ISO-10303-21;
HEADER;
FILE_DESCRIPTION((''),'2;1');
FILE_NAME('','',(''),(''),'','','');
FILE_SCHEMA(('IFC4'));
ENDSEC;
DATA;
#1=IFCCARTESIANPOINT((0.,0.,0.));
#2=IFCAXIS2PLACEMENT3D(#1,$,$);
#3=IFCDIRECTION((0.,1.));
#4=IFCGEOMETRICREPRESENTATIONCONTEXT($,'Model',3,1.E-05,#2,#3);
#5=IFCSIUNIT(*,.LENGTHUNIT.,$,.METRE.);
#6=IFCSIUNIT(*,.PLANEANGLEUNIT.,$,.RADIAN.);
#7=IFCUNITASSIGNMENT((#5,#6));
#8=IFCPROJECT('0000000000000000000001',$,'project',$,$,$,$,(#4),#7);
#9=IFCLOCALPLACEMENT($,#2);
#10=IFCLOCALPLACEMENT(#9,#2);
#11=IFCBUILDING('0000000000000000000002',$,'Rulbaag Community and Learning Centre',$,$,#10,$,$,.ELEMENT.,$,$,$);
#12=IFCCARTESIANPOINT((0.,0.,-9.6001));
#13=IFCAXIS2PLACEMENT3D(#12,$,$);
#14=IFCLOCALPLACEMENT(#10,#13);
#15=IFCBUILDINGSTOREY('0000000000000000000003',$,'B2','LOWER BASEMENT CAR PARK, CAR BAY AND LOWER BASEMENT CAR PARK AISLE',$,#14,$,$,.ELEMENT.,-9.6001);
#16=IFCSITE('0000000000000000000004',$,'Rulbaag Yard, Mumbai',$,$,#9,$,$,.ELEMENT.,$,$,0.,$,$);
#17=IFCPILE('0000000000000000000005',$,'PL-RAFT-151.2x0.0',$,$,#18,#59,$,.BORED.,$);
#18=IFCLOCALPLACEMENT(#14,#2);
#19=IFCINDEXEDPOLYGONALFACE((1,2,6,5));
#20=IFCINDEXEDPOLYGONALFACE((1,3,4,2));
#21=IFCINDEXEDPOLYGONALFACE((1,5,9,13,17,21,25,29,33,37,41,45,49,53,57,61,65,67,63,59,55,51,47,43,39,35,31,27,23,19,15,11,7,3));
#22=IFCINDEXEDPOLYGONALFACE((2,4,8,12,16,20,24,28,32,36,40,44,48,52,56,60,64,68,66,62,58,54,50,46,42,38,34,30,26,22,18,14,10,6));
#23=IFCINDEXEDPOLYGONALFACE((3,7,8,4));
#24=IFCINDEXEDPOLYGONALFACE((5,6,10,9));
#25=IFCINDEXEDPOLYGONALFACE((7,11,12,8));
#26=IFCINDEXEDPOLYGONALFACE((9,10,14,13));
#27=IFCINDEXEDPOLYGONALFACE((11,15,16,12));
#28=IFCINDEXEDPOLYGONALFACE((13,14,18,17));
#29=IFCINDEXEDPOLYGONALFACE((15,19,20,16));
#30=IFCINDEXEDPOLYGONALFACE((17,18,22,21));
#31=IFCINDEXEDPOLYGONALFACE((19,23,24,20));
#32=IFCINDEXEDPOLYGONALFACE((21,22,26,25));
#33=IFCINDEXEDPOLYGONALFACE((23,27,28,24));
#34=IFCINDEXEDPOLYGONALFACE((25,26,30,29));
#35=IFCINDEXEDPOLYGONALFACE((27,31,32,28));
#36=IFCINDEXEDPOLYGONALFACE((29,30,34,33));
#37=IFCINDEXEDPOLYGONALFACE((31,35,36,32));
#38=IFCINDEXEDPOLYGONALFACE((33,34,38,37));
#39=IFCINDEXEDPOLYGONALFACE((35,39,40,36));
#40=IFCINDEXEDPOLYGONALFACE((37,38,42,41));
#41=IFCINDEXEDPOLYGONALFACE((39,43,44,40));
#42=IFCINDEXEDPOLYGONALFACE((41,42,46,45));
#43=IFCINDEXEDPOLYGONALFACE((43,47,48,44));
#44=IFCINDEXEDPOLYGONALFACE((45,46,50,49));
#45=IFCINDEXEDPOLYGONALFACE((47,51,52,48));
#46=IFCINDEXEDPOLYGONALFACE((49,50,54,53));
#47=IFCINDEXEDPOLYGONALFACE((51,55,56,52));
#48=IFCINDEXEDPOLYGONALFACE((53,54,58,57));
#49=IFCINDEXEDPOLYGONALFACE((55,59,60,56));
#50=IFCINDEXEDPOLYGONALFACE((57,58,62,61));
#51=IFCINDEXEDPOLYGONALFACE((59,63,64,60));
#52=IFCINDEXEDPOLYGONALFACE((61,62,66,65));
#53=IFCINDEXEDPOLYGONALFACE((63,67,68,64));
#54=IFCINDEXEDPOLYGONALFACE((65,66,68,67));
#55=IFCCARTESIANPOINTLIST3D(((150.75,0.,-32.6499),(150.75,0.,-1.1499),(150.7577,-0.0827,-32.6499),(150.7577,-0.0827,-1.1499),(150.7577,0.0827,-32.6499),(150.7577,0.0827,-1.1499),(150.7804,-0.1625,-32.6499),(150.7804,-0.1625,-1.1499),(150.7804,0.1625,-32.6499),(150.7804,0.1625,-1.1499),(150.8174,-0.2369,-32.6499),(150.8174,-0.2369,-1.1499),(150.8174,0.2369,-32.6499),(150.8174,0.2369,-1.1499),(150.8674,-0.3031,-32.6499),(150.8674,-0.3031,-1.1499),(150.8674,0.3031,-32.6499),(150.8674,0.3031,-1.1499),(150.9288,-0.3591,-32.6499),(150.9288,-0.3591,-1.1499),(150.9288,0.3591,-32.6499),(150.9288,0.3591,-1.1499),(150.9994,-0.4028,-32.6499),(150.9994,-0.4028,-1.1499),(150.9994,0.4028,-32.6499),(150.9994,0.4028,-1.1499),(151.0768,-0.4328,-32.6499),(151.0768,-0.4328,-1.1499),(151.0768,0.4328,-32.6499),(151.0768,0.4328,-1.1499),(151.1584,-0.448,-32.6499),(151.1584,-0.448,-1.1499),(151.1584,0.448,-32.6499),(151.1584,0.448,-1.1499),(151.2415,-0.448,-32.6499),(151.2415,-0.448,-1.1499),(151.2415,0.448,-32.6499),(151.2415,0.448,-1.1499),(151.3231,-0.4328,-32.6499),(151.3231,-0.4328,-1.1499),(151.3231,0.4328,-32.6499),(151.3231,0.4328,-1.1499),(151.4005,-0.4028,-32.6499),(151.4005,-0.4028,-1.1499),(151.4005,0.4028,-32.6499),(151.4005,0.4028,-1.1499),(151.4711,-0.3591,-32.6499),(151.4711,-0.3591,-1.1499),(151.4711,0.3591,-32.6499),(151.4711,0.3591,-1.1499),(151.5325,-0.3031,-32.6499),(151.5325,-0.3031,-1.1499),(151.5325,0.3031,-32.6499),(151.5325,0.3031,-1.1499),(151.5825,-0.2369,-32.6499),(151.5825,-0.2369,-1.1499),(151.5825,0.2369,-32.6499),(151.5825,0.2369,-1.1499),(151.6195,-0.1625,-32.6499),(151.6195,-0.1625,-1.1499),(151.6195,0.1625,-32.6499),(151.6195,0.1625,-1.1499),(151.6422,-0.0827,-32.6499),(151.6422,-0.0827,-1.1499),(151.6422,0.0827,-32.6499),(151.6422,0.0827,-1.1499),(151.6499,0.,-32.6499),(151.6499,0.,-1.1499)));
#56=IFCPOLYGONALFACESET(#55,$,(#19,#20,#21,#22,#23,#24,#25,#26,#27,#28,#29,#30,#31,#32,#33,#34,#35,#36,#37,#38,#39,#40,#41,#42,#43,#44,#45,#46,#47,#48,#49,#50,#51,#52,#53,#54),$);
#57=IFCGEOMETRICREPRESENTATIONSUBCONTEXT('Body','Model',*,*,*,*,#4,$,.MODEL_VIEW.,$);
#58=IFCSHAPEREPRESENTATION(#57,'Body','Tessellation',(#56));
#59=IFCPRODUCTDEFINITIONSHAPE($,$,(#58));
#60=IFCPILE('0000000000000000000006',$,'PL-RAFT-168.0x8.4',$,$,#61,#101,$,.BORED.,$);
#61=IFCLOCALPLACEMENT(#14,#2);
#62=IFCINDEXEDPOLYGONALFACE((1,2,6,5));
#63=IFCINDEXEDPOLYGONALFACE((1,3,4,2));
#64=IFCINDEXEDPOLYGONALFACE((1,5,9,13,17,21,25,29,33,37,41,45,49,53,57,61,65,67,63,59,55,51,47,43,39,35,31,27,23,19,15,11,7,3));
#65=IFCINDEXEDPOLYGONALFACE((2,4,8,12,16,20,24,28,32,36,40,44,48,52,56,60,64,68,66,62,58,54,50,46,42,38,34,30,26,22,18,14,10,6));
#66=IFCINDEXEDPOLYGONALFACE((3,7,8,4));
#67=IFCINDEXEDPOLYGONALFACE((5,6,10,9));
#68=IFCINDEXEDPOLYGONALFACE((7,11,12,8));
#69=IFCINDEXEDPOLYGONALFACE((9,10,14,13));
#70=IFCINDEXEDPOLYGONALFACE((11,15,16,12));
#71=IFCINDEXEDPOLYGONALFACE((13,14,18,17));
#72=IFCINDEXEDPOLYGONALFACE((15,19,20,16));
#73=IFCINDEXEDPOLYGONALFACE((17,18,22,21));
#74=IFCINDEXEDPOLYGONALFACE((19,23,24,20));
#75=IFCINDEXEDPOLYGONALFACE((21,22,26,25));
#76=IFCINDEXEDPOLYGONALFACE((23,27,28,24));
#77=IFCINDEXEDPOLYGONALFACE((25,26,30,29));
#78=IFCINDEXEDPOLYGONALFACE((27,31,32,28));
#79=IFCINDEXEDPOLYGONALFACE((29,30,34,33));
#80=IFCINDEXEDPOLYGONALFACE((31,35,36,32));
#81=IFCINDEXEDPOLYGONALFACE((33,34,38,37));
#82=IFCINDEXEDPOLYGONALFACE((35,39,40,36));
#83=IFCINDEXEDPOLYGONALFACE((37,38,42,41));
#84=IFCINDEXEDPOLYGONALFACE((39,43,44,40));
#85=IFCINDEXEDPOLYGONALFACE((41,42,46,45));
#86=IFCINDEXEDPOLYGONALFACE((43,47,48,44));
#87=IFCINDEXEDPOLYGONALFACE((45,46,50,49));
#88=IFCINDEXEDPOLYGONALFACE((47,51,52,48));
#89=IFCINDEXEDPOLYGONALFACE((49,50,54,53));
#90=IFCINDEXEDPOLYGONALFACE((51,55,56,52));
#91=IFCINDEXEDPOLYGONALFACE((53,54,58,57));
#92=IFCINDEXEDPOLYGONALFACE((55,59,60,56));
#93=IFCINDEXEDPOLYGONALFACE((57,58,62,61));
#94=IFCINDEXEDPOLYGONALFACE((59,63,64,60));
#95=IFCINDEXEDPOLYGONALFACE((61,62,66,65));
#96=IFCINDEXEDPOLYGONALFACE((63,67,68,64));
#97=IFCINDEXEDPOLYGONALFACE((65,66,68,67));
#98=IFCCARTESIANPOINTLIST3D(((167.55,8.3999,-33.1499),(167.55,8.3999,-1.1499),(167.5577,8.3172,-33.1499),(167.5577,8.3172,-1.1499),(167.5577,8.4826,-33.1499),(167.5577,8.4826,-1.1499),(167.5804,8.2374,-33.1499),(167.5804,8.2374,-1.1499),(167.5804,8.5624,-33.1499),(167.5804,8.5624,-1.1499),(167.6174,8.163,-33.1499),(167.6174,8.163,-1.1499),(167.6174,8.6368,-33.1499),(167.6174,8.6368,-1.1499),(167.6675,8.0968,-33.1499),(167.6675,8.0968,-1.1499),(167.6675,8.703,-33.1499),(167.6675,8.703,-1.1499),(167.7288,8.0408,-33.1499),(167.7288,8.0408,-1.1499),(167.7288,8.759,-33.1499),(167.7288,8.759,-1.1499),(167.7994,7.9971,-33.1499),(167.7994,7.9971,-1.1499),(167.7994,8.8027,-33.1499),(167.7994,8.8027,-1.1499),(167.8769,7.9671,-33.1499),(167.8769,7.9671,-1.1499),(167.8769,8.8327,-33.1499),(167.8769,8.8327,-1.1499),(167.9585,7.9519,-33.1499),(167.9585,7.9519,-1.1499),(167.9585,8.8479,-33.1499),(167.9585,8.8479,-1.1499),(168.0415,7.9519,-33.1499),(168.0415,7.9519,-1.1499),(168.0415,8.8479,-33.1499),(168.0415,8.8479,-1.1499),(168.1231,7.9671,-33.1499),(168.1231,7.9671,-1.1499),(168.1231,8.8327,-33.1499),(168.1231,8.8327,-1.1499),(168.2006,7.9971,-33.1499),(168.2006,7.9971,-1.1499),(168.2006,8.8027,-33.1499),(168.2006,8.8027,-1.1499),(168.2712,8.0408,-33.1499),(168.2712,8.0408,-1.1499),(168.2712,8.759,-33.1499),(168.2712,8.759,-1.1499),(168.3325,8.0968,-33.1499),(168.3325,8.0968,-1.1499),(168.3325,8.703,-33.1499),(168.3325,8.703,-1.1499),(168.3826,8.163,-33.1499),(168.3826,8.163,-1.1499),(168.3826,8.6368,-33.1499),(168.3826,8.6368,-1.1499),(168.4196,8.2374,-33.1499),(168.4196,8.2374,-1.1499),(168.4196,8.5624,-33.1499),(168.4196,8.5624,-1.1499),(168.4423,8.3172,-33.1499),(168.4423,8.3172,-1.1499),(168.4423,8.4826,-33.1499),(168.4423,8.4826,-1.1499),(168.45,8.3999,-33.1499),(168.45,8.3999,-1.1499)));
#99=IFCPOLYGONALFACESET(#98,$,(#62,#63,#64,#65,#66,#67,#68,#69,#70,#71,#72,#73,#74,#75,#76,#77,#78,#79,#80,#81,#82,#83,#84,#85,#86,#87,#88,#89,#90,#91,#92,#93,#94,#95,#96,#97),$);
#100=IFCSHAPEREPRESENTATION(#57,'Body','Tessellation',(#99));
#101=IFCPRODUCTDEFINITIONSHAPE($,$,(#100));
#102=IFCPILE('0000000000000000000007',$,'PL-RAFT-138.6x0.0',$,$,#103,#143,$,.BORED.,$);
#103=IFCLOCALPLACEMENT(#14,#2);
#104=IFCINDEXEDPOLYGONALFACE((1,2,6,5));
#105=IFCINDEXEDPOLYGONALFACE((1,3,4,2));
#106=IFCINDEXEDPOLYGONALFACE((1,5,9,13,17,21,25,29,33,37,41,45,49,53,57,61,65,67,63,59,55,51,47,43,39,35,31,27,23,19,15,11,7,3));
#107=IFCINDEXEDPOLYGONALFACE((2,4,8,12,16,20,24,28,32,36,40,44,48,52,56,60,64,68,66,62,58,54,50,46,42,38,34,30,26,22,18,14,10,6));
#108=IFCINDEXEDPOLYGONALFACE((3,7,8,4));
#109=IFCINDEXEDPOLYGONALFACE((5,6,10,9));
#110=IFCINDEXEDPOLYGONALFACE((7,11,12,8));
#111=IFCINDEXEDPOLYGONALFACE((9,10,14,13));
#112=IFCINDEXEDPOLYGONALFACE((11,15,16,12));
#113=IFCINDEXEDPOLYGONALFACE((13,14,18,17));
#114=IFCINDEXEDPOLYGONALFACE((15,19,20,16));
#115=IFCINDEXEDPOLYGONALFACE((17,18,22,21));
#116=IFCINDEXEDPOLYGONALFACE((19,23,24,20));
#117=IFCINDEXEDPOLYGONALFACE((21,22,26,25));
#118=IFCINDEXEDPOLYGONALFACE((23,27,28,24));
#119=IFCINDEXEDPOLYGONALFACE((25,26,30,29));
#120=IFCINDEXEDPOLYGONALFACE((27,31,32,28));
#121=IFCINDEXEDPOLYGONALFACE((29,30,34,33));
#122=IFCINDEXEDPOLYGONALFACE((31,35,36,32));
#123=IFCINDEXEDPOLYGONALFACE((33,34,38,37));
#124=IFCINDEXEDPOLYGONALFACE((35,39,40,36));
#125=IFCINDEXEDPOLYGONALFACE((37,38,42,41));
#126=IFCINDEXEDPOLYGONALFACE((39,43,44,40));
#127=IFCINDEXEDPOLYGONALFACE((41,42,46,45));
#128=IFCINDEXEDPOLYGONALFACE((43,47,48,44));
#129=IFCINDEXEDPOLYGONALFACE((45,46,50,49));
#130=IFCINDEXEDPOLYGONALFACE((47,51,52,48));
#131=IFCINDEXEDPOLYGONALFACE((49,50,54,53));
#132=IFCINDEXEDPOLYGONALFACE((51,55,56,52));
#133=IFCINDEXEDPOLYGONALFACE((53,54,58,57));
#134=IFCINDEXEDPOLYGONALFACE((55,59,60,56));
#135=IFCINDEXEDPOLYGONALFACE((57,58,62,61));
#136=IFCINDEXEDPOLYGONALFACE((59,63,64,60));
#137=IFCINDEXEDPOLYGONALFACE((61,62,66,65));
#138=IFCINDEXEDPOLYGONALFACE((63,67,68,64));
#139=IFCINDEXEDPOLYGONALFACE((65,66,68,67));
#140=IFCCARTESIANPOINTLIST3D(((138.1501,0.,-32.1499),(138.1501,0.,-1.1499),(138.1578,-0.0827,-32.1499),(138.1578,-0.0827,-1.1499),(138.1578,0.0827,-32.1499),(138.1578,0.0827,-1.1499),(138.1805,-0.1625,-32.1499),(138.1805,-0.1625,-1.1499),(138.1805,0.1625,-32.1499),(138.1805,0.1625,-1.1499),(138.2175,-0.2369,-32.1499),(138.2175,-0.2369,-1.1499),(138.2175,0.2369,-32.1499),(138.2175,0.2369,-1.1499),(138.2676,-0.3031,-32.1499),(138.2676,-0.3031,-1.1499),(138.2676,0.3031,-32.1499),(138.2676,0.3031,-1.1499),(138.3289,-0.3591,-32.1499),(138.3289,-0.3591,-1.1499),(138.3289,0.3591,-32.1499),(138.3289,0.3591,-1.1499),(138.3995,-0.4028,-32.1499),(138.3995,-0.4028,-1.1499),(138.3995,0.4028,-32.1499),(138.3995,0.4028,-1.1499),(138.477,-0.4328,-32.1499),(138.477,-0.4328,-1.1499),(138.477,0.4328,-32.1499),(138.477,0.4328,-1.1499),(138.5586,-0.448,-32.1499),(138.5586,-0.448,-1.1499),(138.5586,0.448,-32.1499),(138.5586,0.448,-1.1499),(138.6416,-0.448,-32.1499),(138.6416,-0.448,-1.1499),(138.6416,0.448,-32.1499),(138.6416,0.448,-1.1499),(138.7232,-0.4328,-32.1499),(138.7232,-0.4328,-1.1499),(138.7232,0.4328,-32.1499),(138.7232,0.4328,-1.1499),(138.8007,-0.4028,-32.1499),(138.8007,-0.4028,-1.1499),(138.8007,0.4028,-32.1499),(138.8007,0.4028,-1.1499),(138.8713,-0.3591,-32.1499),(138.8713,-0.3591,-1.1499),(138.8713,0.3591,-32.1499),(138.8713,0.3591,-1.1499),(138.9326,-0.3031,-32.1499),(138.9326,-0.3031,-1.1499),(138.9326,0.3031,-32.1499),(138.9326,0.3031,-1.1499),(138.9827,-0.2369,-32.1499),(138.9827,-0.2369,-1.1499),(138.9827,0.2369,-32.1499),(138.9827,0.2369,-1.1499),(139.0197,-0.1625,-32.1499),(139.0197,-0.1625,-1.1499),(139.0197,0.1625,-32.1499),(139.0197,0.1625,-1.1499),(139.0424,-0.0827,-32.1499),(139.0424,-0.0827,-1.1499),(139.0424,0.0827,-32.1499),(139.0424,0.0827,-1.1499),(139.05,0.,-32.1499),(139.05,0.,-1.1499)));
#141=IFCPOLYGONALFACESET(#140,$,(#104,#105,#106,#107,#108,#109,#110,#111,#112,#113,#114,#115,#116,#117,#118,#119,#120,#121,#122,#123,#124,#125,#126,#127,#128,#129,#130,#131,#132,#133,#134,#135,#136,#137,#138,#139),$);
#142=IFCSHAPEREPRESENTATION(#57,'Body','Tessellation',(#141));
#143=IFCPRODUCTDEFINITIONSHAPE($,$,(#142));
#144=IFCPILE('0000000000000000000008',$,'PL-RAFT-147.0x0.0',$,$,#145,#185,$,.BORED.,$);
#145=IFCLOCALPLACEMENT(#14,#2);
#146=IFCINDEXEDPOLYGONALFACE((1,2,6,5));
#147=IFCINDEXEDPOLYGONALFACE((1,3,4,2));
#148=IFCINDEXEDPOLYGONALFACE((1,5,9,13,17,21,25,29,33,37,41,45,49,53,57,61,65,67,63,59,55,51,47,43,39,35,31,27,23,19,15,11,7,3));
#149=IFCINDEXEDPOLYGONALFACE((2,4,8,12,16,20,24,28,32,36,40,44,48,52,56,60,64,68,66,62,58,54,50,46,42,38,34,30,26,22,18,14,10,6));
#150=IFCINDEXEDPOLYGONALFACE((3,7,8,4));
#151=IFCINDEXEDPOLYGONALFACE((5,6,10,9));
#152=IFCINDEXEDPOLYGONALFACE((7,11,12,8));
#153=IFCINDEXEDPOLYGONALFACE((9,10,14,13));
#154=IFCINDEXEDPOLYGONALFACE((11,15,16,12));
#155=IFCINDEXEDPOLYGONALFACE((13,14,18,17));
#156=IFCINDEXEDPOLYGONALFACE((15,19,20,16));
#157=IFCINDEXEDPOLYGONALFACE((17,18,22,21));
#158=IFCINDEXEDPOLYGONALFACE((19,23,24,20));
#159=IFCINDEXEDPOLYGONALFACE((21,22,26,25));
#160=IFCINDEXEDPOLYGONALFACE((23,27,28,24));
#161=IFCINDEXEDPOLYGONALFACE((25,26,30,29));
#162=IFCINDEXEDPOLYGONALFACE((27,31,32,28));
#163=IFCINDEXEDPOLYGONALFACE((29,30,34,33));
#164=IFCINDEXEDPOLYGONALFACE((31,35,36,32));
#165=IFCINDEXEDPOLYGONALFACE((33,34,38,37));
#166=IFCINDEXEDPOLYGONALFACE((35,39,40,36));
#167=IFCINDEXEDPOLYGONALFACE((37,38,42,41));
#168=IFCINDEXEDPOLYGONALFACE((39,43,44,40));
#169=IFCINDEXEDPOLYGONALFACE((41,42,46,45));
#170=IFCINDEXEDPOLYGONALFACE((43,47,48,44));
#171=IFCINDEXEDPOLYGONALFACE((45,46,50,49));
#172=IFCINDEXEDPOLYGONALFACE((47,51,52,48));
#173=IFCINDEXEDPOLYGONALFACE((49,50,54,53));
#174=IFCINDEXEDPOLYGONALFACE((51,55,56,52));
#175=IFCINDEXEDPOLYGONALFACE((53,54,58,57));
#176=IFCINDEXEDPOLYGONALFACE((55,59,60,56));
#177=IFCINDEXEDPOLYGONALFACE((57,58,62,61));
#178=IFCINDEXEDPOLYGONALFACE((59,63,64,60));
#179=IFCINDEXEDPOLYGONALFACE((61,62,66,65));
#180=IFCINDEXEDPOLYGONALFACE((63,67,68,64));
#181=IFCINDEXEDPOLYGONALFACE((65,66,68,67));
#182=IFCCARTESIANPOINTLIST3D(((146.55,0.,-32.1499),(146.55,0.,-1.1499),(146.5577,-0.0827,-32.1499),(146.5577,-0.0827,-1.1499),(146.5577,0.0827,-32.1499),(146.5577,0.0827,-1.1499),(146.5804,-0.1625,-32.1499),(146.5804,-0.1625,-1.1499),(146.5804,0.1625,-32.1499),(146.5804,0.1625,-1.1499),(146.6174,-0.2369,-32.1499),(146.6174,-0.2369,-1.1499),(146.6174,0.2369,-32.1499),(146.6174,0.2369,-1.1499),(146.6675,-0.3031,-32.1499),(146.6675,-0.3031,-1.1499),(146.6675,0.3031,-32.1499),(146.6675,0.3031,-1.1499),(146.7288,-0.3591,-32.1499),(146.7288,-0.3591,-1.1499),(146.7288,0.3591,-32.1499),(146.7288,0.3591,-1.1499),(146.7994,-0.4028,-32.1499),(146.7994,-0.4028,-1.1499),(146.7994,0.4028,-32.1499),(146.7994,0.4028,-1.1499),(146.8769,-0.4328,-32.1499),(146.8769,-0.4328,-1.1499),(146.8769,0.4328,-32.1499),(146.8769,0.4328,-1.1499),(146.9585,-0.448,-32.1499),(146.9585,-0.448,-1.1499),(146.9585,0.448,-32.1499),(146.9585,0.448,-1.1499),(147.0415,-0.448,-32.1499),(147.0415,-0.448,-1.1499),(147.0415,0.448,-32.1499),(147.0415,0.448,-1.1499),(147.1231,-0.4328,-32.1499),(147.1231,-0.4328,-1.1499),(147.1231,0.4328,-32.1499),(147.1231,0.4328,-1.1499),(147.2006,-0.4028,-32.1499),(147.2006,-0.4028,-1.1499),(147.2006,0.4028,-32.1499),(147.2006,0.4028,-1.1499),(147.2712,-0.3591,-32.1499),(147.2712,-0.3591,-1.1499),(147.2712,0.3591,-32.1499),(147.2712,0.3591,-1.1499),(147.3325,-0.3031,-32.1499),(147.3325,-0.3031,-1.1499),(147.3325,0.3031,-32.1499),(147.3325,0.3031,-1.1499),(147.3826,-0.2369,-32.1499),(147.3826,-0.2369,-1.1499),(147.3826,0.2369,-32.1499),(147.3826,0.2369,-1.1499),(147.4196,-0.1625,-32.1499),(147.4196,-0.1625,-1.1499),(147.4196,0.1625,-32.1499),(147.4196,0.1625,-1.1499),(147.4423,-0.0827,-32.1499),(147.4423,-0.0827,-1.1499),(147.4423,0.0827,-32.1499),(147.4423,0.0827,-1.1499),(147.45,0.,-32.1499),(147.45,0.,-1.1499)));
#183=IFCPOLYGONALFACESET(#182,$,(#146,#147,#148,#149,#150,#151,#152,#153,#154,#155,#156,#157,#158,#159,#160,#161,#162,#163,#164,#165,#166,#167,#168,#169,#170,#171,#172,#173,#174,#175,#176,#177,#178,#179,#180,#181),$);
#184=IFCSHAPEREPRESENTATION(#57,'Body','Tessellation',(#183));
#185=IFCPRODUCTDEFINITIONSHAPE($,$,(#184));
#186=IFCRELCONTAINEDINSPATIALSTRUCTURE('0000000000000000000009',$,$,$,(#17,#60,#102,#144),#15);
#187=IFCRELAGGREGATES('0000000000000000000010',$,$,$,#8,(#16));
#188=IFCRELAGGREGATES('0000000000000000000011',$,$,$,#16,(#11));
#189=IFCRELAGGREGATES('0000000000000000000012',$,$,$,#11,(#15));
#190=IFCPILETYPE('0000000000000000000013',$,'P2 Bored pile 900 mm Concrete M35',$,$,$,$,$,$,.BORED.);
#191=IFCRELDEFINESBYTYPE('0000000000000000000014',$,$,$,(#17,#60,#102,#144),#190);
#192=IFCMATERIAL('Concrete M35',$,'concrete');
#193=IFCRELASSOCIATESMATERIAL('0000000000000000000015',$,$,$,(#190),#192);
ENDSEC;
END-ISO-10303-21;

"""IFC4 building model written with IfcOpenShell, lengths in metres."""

from ifc_helpers import new_model, si_unit, direction, frame, origin, origin_2d, place, context, subcontext, project, spatial, circle, extrude, material, material_profile, profile_set, type_object, element, save


model = new_model("IFC4")

# Units and contexts
model_context = context("Model", 3, precision=1e-05, world=origin(), true_north=direction((0.0, 1.0)))
body_context = subcontext(model_context, "Body", "Model", "MODEL_VIEW")
ifc_project = project(units=[si_unit("LENGTHUNIT", "METRE"), si_unit("PLANEANGLEUNIT", "RADIAN")], contexts=[model_context])

# Site, building, storey
site_placement = place(None, origin())
site = spatial("IfcSite", under=ifc_project, at=site_placement, Name="Rulbaag Yard, Mumbai", CompositionType="ELEMENT", RefElevation=0.0)
building_placement = place(site_placement, origin())
building = spatial("IfcBuilding", under=site, at=building_placement, Name="Rulbaag Community and Learning Centre", CompositionType="ELEMENT")
storey_placement = place(building_placement, frame((0.0, 0.0, -9.6001)))
storey = spatial("IfcBuildingStorey", under=building, at=storey_placement, Name="B2", Description="LOWER BASEMENT CAR PARK, CAR BAY AND LOWER BASEMENT CAR PARK AISLE", CompositionType="ELEMENT", Elevation=-9.6001)

# Piles
ifc_material_1 = material(Name="Concrete M35", Category="concrete")
ifc_material_profile_1 = material_profile(ifc_material_1, circle(Radius=0.45, at=origin_2d()), Name="BP900")
ifc_profile_set_1 = profile_set([ifc_material_profile_1], Name="Concrete M35")
pile_type_1 = type_object("IfcPileType", Name="P2 Bored pile 900 mm Concrete M35", PredefinedType="BORED", material=ifc_profile_set_1)
pile_1_placement = place(storey_placement, frame((151.2, 0.0, -1.1499), z_axis=(0.0, 0.0, -1.0), x_axis=(1.0, 0.0, 0.0)))
element("IfcPile", 1, at=pile_1_placement, inside=storey, type_object=pile_type_1, Name="PL-RAFT-151.2x0.0", PredefinedType="BORED", context=body_context, shape_type="SweptSolid", body=[
    extrude(circle(Radius=0.45, at=origin_2d()), origin(), (0.0, 0.0, 1.0), 31.5),
])
pile_2_placement = place(storey_placement, frame((168.0, 8.3999, -1.1499), z_axis=(0.0, 0.0, -1.0), x_axis=(1.0, 0.0, 0.0)))
element("IfcPile", 2, at=pile_2_placement, inside=storey, type_object=pile_type_1, Name="PL-RAFT-168.0x8.4", PredefinedType="BORED", context=body_context, shape_type="SweptSolid", body=[
    extrude(circle(Radius=0.45, at=origin_2d()), origin(), (0.0, 0.0, 1.0), 32.0),
])
for number, where, z_axis, x_axis, name in (
    (3, (138.6001, 0.0, -1.1499), (0.0, 0.0, -1.0), (1.0, 0.0, 0.0), "PL-RAFT-138.6x0.0"),
    (4, (147.0, 0.0, -1.1499), (0.0, 0.0, -1.0), (1.0, 0.0, 0.0), "PL-RAFT-147.0x0.0"),
):
    element("IfcPile", number, at=place(storey_placement, frame(where, z_axis=z_axis, x_axis=x_axis)), inside=storey, type_object=pile_type_1, Name=name, PredefinedType="BORED", context=body_context, shape_type="SweptSolid", body=[
        extrude(circle(Radius=0.45, at=origin_2d()), origin(), (0.0, 0.0, 1.0), 31.0),
    ])

save(model, "model.ifc")
